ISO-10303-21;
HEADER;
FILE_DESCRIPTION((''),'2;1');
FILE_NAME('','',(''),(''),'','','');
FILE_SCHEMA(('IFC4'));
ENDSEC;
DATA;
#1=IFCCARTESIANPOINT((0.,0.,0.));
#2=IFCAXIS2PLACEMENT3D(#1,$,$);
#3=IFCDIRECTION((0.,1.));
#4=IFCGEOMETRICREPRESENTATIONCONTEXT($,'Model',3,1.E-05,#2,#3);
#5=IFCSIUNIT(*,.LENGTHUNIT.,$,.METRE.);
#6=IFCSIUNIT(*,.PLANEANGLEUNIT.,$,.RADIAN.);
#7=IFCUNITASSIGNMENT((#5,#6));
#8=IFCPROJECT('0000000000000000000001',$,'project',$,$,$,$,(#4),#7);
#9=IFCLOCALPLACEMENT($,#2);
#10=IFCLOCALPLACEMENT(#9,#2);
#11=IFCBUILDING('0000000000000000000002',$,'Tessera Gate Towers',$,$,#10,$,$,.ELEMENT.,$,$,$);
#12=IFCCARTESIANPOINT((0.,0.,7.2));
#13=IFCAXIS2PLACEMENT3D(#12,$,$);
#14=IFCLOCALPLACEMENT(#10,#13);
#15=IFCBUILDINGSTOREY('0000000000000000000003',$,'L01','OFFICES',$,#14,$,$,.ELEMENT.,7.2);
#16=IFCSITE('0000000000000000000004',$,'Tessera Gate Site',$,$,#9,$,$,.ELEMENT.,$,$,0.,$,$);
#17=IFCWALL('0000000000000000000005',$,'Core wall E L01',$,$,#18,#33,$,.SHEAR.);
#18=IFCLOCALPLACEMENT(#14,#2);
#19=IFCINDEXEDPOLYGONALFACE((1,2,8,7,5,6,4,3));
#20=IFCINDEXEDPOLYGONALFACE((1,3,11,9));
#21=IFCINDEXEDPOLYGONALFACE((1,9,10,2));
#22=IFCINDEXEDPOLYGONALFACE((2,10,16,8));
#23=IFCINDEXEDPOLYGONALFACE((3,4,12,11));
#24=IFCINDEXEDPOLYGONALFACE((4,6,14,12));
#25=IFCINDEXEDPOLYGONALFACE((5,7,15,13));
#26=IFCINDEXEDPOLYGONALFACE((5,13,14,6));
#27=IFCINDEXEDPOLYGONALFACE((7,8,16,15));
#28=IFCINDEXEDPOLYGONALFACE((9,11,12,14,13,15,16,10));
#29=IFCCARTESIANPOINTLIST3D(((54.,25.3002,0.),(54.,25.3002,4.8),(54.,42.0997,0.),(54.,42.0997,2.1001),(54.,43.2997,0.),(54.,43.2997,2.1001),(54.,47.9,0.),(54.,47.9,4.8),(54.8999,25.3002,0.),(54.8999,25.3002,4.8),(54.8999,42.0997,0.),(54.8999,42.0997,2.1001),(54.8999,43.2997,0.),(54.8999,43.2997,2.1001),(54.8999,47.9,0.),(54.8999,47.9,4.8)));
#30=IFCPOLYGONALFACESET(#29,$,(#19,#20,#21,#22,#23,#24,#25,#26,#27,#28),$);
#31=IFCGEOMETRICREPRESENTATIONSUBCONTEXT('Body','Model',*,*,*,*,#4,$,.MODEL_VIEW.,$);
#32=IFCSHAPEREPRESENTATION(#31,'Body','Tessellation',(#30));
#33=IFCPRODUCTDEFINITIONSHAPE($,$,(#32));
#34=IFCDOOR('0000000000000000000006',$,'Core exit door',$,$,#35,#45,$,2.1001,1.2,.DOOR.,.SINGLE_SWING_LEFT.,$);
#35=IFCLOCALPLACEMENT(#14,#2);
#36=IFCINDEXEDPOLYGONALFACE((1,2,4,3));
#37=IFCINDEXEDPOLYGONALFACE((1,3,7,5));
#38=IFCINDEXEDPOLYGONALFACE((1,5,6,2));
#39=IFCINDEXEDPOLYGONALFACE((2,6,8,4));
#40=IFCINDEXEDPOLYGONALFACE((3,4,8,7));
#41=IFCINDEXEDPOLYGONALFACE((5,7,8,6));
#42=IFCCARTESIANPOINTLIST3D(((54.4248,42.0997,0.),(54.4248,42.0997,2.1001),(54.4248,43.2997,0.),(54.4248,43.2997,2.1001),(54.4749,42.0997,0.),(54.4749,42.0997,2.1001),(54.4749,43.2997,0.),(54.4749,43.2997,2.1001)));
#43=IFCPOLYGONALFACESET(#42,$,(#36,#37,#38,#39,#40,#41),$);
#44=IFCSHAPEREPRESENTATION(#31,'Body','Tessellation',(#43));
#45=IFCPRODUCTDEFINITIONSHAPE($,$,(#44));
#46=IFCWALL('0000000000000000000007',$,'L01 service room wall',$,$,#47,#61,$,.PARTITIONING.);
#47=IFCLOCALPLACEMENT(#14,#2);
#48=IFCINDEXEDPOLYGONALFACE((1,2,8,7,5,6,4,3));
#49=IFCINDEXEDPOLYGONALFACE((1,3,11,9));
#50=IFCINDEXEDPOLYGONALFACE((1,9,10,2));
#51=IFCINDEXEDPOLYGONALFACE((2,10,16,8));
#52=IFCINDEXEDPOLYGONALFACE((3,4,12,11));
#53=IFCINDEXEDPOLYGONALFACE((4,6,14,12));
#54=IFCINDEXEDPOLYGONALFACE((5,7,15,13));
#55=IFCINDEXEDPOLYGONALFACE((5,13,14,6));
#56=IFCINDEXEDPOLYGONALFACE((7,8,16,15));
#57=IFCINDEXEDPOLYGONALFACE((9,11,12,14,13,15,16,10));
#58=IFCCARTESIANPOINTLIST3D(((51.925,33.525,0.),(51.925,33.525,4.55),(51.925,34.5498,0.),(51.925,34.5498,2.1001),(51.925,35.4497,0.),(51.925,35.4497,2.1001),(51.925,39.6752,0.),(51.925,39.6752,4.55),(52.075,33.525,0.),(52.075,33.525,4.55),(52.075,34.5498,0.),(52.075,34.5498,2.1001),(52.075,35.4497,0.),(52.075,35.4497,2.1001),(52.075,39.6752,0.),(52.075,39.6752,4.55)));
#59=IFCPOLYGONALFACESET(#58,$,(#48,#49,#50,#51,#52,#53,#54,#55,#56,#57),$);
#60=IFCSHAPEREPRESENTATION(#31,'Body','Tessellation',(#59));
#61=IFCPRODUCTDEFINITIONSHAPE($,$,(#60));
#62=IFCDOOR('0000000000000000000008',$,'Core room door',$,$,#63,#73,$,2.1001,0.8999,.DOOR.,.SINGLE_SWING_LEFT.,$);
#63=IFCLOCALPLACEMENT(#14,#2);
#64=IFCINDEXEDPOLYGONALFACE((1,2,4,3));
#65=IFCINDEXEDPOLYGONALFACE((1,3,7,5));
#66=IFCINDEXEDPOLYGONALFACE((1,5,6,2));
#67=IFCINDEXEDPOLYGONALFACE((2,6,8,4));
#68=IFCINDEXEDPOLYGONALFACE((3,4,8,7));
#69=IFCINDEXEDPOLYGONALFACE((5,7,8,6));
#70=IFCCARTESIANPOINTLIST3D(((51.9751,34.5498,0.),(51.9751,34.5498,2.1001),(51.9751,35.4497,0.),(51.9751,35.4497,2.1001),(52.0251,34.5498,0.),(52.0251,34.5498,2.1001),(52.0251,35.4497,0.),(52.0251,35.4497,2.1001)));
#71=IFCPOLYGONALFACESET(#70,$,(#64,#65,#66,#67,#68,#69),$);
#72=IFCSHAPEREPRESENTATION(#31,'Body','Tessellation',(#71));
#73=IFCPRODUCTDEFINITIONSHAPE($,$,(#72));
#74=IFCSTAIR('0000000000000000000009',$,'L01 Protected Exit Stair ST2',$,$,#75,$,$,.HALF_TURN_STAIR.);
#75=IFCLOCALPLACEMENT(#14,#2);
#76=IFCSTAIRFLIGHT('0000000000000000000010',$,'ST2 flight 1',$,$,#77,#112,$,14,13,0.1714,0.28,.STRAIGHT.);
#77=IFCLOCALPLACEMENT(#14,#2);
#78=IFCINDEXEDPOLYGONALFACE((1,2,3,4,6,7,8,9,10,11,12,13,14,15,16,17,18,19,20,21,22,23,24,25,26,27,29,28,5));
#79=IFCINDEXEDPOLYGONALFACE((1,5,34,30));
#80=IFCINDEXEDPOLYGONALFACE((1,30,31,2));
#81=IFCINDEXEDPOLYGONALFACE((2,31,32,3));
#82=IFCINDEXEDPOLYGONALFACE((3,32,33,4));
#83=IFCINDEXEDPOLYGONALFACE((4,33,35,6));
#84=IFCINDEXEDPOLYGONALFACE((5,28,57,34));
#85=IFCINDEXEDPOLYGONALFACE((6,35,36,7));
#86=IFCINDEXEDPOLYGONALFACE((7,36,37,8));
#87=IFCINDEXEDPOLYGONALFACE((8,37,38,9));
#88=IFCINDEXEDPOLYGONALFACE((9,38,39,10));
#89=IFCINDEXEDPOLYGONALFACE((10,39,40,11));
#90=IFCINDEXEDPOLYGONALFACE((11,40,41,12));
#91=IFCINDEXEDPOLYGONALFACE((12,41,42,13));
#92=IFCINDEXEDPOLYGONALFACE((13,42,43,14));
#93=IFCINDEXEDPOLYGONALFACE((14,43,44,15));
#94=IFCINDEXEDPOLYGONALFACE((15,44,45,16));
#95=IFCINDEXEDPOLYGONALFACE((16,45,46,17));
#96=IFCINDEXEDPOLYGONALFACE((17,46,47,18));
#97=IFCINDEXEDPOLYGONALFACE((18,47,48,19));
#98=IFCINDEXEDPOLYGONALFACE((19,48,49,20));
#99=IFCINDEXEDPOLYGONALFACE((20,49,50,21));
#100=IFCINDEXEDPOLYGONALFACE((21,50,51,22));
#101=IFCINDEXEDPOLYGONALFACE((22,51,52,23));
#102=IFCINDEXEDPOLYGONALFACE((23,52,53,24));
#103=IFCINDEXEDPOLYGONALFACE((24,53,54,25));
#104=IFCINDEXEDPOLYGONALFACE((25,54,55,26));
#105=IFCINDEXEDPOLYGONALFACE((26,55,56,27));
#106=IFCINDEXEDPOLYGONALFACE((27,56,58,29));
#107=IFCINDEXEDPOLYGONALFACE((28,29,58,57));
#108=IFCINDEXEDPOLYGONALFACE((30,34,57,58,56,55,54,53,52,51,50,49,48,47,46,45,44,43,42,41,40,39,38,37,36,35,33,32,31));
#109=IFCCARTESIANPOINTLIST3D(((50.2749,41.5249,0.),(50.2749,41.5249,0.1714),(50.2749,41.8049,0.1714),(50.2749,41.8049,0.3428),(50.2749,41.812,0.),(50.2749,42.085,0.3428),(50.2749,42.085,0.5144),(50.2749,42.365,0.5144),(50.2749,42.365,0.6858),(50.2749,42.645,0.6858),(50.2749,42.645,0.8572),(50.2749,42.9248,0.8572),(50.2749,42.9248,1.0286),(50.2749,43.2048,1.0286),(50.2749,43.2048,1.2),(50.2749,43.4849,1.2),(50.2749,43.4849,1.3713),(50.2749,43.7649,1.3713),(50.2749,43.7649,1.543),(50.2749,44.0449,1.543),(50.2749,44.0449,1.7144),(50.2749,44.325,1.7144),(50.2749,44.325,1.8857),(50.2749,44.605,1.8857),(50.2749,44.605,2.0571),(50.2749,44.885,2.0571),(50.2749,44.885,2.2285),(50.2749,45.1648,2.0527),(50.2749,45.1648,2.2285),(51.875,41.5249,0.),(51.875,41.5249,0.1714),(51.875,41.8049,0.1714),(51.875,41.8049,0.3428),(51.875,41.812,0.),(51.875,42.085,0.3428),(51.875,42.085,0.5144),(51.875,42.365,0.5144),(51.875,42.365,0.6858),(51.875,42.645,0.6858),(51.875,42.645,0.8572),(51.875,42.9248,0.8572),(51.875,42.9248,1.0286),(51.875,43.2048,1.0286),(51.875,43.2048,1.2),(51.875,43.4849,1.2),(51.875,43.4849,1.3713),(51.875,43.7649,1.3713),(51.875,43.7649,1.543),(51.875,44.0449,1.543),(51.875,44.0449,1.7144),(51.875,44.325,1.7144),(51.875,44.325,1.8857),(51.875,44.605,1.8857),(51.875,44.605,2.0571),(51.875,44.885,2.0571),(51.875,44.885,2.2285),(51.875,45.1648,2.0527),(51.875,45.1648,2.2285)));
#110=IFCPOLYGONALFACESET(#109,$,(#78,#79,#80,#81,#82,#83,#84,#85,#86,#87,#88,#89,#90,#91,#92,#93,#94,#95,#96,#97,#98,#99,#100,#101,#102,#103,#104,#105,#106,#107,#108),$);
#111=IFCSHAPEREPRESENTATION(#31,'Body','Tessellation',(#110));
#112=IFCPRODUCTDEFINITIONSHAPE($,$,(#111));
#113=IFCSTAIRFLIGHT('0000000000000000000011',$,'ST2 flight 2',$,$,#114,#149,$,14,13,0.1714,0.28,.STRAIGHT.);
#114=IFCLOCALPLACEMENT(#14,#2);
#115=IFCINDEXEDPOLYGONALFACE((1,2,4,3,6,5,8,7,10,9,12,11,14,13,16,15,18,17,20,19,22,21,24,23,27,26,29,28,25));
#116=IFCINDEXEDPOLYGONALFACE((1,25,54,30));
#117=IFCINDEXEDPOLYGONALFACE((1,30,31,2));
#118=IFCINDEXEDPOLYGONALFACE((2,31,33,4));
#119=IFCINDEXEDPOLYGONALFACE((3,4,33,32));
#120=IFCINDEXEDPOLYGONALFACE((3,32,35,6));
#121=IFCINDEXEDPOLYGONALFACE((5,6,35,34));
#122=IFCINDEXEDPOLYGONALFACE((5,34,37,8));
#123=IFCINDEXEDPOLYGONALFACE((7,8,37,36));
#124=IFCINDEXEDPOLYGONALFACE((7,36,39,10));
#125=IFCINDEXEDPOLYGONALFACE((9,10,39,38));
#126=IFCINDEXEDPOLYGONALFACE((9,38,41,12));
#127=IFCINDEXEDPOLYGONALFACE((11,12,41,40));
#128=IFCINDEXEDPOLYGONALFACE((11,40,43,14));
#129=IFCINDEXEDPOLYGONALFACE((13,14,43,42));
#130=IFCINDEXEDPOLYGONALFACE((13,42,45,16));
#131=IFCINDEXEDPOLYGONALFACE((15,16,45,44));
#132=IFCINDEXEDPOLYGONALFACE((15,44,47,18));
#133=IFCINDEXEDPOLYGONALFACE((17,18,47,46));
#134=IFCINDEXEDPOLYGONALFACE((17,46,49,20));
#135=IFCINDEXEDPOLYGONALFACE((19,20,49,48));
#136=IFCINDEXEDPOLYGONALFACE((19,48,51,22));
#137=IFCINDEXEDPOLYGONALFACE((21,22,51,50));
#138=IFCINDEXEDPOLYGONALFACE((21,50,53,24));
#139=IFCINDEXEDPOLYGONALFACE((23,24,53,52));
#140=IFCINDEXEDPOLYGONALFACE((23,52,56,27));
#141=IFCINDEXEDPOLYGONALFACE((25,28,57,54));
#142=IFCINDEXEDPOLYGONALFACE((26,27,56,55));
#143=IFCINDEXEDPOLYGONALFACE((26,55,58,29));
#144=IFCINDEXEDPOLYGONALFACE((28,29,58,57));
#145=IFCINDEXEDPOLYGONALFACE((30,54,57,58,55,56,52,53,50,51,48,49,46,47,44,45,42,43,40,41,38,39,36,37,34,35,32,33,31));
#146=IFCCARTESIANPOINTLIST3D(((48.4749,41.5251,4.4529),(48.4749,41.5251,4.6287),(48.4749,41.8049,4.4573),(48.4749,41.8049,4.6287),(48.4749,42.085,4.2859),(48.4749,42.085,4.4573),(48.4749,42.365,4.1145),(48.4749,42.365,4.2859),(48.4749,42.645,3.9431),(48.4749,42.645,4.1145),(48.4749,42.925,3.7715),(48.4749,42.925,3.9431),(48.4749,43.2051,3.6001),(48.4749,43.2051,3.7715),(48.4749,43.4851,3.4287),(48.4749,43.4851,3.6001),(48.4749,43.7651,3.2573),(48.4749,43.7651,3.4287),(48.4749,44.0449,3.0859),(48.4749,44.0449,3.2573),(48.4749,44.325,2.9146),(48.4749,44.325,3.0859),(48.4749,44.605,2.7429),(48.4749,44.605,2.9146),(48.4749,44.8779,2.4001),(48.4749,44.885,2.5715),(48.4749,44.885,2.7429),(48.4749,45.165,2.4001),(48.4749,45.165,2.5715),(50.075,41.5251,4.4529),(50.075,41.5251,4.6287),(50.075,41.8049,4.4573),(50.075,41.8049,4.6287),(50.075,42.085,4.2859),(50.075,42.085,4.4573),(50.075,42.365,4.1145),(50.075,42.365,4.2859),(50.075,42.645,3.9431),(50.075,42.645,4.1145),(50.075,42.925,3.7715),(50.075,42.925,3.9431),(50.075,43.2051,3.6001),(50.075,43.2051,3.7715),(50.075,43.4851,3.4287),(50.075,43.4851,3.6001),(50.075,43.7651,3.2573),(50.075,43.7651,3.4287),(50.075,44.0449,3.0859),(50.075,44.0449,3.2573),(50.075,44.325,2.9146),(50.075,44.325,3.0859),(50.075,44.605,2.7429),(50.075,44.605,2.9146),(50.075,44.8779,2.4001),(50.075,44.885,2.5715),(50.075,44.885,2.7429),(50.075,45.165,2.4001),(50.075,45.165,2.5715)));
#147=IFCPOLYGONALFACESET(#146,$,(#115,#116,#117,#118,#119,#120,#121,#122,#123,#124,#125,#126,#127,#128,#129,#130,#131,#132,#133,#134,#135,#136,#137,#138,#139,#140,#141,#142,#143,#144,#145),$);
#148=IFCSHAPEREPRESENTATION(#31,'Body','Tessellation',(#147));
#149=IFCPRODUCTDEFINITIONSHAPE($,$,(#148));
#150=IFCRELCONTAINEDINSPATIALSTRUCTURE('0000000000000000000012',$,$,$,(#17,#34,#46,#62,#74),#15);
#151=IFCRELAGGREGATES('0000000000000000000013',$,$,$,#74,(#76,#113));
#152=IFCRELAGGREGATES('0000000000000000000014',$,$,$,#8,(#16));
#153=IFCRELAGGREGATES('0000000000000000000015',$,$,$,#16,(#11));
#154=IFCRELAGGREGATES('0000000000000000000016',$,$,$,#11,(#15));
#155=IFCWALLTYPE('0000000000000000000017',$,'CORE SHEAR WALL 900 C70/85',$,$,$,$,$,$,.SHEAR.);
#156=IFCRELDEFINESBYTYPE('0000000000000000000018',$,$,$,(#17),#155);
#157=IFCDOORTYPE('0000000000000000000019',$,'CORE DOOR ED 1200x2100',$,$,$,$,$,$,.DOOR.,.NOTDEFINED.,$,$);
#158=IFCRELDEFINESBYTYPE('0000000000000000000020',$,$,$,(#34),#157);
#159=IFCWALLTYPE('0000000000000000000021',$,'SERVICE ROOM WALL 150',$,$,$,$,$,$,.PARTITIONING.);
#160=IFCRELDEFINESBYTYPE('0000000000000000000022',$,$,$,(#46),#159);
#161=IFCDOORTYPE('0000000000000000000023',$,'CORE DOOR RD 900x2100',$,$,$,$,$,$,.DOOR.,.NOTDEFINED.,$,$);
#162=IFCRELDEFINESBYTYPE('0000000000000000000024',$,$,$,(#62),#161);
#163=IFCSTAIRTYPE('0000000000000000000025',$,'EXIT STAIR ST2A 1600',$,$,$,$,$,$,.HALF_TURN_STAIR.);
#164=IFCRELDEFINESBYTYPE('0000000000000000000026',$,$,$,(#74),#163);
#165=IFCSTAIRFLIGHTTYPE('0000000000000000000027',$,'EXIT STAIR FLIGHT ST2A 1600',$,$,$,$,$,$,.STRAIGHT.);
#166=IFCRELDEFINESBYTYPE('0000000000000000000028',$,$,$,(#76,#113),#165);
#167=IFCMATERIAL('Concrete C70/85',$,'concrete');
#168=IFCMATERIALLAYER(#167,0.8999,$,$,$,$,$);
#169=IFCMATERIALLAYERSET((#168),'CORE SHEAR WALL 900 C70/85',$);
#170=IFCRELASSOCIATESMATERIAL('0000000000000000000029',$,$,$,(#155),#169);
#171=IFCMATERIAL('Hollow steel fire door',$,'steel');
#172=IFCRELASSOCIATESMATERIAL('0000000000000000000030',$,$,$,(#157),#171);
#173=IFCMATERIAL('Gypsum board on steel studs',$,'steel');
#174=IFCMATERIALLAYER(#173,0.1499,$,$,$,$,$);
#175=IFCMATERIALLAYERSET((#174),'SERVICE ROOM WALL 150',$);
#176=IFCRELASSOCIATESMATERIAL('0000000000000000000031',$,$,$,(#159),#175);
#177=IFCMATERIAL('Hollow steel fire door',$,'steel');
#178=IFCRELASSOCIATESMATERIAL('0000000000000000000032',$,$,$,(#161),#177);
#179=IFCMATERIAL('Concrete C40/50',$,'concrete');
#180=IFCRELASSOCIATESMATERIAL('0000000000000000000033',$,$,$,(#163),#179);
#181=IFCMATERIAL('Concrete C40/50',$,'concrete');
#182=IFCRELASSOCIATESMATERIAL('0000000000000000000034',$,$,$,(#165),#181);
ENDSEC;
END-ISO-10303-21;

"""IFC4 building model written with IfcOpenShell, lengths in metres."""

from ifc_helpers import new_model, si_unit, direction, frame, frame_2d, origin, place, context, subcontext, project, spatial, polyline, rectangle, outline, extrude, source, transform, mapped, material, layer, layer_set, type_object, element, fill, aggregate, save


model = new_model("IFC4")

# Units and contexts
model_context = context("Model", 3, precision=1e-05, world=origin(), true_north=direction((0.0, 1.0)))
body_context = subcontext(model_context, "Body", "Model", "MODEL_VIEW")
ifc_project = project(units=[si_unit("LENGTHUNIT", "METRE"), si_unit("PLANEANGLEUNIT", "RADIAN")], contexts=[model_context])

# Site, building, storey
site_placement = place(None, origin())
site = spatial("IfcSite", under=ifc_project, at=site_placement, Name="Tessera Gate Site", CompositionType="ELEMENT", RefElevation=0.0)
building_placement = place(site_placement, origin())
building = spatial("IfcBuilding", under=site, at=building_placement, Name="Tessera Gate Towers", CompositionType="ELEMENT")
storey_placement = place(building_placement, frame((0.0, 0.0, 7.2)))
storey = spatial("IfcBuildingStorey", under=building, at=storey_placement, Name="L01", Description="OFFICES", CompositionType="ELEMENT", Elevation=7.2)

# Shared definitions
shared_shape_1 = source(origin(), body_context, "Body", "SweptSolid", [
    extrude(rectangle(XDim=1.2, YDim=2.1001, at=frame_2d((0.6001, 1.05))), frame((0.0, 0.0249, 0.0), z_axis=(0.0, -1.0, 0.0), x_axis=(1.0, 0.0, 0.0)), (0.0, 0.0, 1.0), 0.05),
])

# Walls, openings, doors
ifc_material_1 = material(Name="Concrete C70/85", Category="concrete")
ifc_layer_1 = layer(ifc_material_1, 0.8999)
ifc_layer_set_1 = layer_set([ifc_layer_1], Name="CORE SHEAR WALL 900 C70/85")
wall_type_1 = type_object("IfcWallType", Name="CORE SHEAR WALL 900 C70/85", PredefinedType="SHEAR", material=ifc_layer_set_1)
wall_1_placement = place(storey_placement, frame((54.45, 47.8999, 0.0), z_axis=(0.0, 0.0, 1.0), x_axis=(0.0, -1.0, 0.0)))
wall_1 = element("IfcWall", 1, at=wall_1_placement, inside=storey, type_object=wall_type_1, Name="Core wall E L01", PredefinedType="SHEAR", context=body_context, shape_type="SweptSolid", body=[
    extrude(rectangle(XDim=22.5999, YDim=0.8999, at=frame_2d((11.2998, 0.0))), origin(), (0.0, 0.0, 1.0), 4.8),
])
shared_shape_2 = source(origin(), body_context, "Body", "SweptSolid", [
    extrude(rectangle(XDim=1.2, YDim=2.1001, at=frame_2d((0.6001, 1.05))), frame((0.0, 0.46, 0.0), z_axis=(0.0, -1.0, 0.0), x_axis=(1.0, 0.0, 0.0)), (0.0, 0.0, 1.0), 0.9199),
])
opening_1_placement = place(wall_1_placement, frame((4.6001, 0.0, 0.0)))
opening_1 = element("IfcOpeningElement", 2, at=opening_1_placement, cuts=wall_1, PredefinedType="OPENING", context=body_context, shape_type="MappedRepresentation", body=[
    mapped(shared_shape_2, transform((0.0, 0.0, 0.0), scale=1.0)),
])
ifc_material_2 = material(Name="Hollow steel fire door", Category="steel")
door_type_1 = type_object("IfcDoorType", Name="CORE DOOR ED 1200x2100", OperationType="NOTDEFINED", PredefinedType="DOOR", material=ifc_material_2)
door_1_placement = place(opening_1_placement, origin())
door_1 = element("IfcDoor", 3, at=door_1_placement, inside=storey, type_object=door_type_1, Name="Core exit door", OperationType="SINGLE_SWING_LEFT", OverallHeight=2.1001, OverallWidth=1.2, PredefinedType="DOOR", context=body_context, shape_type="MappedRepresentation", body=[
    mapped(shared_shape_1, transform((0.0, 0.0, 0.0), scale=1.0)),
])
fill(opening_1, door_1)
ifc_material_3 = material(Name="Gypsum board on steel studs", Category="steel")
ifc_layer_2 = layer(ifc_material_3, 0.1499)
ifc_layer_set_2 = layer_set([ifc_layer_2], Name="SERVICE ROOM WALL 150")
wall_type_2 = type_object("IfcWallType", Name="SERVICE ROOM WALL 150", PredefinedType="PARTITIONING", material=ifc_layer_set_2)
wall_2_placement = place(storey_placement, frame((52.0, 33.5249, 0.0), z_axis=(0.0, 0.0, 1.0), x_axis=(0.0, 1.0, 0.0)))
wall_2 = element("IfcWall", 4, at=wall_2_placement, inside=storey, type_object=wall_type_2, Name="L01 service room wall", PredefinedType="PARTITIONING", context=body_context, shape_type="SweptSolid", body=[
    extrude(rectangle(XDim=6.1501, YDim=0.1499, at=frame_2d((3.0752, 0.0))), origin(), (0.0, 0.0, 1.0), 4.55),
])
shared_shape_3 = source(origin(), body_context, "Body", "SweptSolid", [
    extrude(rectangle(XDim=0.8999, YDim=2.1001, at=frame_2d((0.45, 1.05))), frame((0.0, 0.085, 0.0), z_axis=(0.0, -1.0, 0.0), x_axis=(1.0, 0.0, 0.0)), (0.0, 0.0, 1.0), 0.1699),
])
opening_2_placement = place(wall_2_placement, frame((1.0249, 0.0, 0.0)))
opening_2 = element("IfcOpeningElement", 5, at=opening_2_placement, cuts=wall_2, PredefinedType="OPENING", context=body_context, shape_type="MappedRepresentation", body=[
    mapped(shared_shape_3, transform((0.0, 0.0, 0.0), scale=1.0)),
])
ifc_material_4 = material(Name="Hollow steel fire door", Category="steel")
door_type_2 = type_object("IfcDoorType", Name="CORE DOOR RD 900x2100", OperationType="NOTDEFINED", PredefinedType="DOOR", material=ifc_material_4)
shared_shape_4 = source(origin(), body_context, "Body", "SweptSolid", [
    extrude(rectangle(XDim=0.8999, YDim=2.1001, at=frame_2d((0.45, 1.05))), frame((0.0, 0.0249, 0.0), z_axis=(0.0, -1.0, 0.0), x_axis=(1.0, 0.0, 0.0)), (0.0, 0.0, 1.0), 0.05),
])
door_2_placement = place(opening_2_placement, origin())
door_2 = element("IfcDoor", 6, at=door_2_placement, inside=storey, type_object=door_type_2, Name="Core room door", OperationType="SINGLE_SWING_LEFT", OverallHeight=2.1001, OverallWidth=0.8999, PredefinedType="DOOR", context=body_context, shape_type="MappedRepresentation", body=[
    mapped(shared_shape_4, transform((0.0, 0.0, 0.0), scale=1.0)),
])
fill(opening_2, door_2)

# Stair, stair flights
ifc_material_5 = material(Name="Concrete C40/50", Category="concrete")
stair_type = type_object("IfcStairType", Name="EXIT STAIR ST2A 1600", PredefinedType="HALF_TURN_STAIR", material=ifc_material_5)
stair_placement = place(storey_placement, origin())
stair = element("IfcStair", 7, at=stair_placement, inside=storey, type_object=stair_type, Name="L01 Protected Exit Stair ST2", PredefinedType="HALF_TURN_STAIR")
ifc_material_6 = material(Name="Concrete C40/50", Category="concrete")
stair_flight_type = type_object("IfcStairFlightType", Name="EXIT STAIR FLIGHT ST2A 1600", PredefinedType="STRAIGHT", material=ifc_material_6)
stair_flight_1_placement = place(storey_placement, frame((51.075, 41.5249, 0.0), z_axis=(0.0, 0.0, 1.0), x_axis=(0.0, 1.0, 0.0)))
stair_flight_1 = element("IfcStairFlight", 8, at=stair_flight_1_placement, type_object=stair_flight_type, Name="ST2 flight 1", NumberOfRisers=14, NumberOfTreads=13, PredefinedType="STRAIGHT", RiserHeight=0.1714, TreadLength=0.28, context=body_context, shape_type="SweptSolid", body=[
    extrude(outline(polyline([(0.0, 0.0), (0.0, 0.1714), (0.28, 0.1714), (0.28, 0.3428), (0.5601, 0.3428), (0.5601, 0.5144), (0.8401, 0.5144), (0.8401, 0.6858), (1.1201, 0.6858), (1.1201, 0.8572), (1.3999, 0.8572), (1.3999, 1.0286), (1.6799, 1.0286), (1.6799, 1.2), (1.96, 1.2), (1.96, 1.3713), (2.24, 1.3713), (2.24, 1.543), (2.52, 1.543), (2.52, 1.7144), (2.8, 1.7144), (2.8, 1.8857), (3.0801, 1.8857), (3.0801, 2.0571), (3.3601, 2.0571), (3.3601, 2.2285), (3.6399, 2.2285), (3.6399, 2.3999), (3.6399, 2.0527), (0.2871, 0.0), (0.0, 0.0)])), frame((0.0, 0.8, 0.0), z_axis=(0.0, -1.0, 0.0), x_axis=(1.0, 0.0, 0.0)), (0.0, 0.0, 1.0), 1.6001),
])
stair_flight_2_placement = place(storey_placement, frame((49.2749, 45.165, 2.4001), z_axis=(0.0, 0.0, 1.0), x_axis=(0.0, -1.0, 0.0)))
stair_flight_2 = element("IfcStairFlight", 9, at=stair_flight_2_placement, type_object=stair_flight_type, Name="ST2 flight 2", NumberOfRisers=14, NumberOfTreads=13, PredefinedType="STRAIGHT", RiserHeight=0.1714, TreadLength=0.28, context=body_context, shape_type="SweptSolid", body=[
    extrude(outline(polyline([(0.0, 0.0), (0.0, 0.1714), (0.28, 0.1714), (0.28, 0.3428), (0.5601, 0.3428), (0.5601, 0.5144), (0.8401, 0.5144), (0.8401, 0.6858), (1.1201, 0.6858), (1.1201, 0.8572), (1.3999, 0.8572), (1.3999, 1.0286), (1.6799, 1.0286), (1.6799, 1.2), (1.96, 1.2), (1.96, 1.3713), (2.24, 1.3713), (2.24, 1.543), (2.52, 1.543), (2.52, 1.7144), (2.8, 1.7144), (2.8, 1.8857), (3.0801, 1.8857), (3.0801, 2.0571), (3.3601, 2.0571), (3.3601, 2.2285), (3.6399, 2.2285), (3.6399, 2.3999), (3.6399, 2.0527), (0.2871, 0.0), (0.0, 0.0)])), frame((0.0, 0.8, 0.0), z_axis=(0.0, -1.0, 0.0), x_axis=(1.0, 0.0, 0.0)), (0.0, 0.0, 1.0), 1.6001),
])
aggregate(stair, [stair_flight_1, stair_flight_2])

save(model, "model.ifc")
